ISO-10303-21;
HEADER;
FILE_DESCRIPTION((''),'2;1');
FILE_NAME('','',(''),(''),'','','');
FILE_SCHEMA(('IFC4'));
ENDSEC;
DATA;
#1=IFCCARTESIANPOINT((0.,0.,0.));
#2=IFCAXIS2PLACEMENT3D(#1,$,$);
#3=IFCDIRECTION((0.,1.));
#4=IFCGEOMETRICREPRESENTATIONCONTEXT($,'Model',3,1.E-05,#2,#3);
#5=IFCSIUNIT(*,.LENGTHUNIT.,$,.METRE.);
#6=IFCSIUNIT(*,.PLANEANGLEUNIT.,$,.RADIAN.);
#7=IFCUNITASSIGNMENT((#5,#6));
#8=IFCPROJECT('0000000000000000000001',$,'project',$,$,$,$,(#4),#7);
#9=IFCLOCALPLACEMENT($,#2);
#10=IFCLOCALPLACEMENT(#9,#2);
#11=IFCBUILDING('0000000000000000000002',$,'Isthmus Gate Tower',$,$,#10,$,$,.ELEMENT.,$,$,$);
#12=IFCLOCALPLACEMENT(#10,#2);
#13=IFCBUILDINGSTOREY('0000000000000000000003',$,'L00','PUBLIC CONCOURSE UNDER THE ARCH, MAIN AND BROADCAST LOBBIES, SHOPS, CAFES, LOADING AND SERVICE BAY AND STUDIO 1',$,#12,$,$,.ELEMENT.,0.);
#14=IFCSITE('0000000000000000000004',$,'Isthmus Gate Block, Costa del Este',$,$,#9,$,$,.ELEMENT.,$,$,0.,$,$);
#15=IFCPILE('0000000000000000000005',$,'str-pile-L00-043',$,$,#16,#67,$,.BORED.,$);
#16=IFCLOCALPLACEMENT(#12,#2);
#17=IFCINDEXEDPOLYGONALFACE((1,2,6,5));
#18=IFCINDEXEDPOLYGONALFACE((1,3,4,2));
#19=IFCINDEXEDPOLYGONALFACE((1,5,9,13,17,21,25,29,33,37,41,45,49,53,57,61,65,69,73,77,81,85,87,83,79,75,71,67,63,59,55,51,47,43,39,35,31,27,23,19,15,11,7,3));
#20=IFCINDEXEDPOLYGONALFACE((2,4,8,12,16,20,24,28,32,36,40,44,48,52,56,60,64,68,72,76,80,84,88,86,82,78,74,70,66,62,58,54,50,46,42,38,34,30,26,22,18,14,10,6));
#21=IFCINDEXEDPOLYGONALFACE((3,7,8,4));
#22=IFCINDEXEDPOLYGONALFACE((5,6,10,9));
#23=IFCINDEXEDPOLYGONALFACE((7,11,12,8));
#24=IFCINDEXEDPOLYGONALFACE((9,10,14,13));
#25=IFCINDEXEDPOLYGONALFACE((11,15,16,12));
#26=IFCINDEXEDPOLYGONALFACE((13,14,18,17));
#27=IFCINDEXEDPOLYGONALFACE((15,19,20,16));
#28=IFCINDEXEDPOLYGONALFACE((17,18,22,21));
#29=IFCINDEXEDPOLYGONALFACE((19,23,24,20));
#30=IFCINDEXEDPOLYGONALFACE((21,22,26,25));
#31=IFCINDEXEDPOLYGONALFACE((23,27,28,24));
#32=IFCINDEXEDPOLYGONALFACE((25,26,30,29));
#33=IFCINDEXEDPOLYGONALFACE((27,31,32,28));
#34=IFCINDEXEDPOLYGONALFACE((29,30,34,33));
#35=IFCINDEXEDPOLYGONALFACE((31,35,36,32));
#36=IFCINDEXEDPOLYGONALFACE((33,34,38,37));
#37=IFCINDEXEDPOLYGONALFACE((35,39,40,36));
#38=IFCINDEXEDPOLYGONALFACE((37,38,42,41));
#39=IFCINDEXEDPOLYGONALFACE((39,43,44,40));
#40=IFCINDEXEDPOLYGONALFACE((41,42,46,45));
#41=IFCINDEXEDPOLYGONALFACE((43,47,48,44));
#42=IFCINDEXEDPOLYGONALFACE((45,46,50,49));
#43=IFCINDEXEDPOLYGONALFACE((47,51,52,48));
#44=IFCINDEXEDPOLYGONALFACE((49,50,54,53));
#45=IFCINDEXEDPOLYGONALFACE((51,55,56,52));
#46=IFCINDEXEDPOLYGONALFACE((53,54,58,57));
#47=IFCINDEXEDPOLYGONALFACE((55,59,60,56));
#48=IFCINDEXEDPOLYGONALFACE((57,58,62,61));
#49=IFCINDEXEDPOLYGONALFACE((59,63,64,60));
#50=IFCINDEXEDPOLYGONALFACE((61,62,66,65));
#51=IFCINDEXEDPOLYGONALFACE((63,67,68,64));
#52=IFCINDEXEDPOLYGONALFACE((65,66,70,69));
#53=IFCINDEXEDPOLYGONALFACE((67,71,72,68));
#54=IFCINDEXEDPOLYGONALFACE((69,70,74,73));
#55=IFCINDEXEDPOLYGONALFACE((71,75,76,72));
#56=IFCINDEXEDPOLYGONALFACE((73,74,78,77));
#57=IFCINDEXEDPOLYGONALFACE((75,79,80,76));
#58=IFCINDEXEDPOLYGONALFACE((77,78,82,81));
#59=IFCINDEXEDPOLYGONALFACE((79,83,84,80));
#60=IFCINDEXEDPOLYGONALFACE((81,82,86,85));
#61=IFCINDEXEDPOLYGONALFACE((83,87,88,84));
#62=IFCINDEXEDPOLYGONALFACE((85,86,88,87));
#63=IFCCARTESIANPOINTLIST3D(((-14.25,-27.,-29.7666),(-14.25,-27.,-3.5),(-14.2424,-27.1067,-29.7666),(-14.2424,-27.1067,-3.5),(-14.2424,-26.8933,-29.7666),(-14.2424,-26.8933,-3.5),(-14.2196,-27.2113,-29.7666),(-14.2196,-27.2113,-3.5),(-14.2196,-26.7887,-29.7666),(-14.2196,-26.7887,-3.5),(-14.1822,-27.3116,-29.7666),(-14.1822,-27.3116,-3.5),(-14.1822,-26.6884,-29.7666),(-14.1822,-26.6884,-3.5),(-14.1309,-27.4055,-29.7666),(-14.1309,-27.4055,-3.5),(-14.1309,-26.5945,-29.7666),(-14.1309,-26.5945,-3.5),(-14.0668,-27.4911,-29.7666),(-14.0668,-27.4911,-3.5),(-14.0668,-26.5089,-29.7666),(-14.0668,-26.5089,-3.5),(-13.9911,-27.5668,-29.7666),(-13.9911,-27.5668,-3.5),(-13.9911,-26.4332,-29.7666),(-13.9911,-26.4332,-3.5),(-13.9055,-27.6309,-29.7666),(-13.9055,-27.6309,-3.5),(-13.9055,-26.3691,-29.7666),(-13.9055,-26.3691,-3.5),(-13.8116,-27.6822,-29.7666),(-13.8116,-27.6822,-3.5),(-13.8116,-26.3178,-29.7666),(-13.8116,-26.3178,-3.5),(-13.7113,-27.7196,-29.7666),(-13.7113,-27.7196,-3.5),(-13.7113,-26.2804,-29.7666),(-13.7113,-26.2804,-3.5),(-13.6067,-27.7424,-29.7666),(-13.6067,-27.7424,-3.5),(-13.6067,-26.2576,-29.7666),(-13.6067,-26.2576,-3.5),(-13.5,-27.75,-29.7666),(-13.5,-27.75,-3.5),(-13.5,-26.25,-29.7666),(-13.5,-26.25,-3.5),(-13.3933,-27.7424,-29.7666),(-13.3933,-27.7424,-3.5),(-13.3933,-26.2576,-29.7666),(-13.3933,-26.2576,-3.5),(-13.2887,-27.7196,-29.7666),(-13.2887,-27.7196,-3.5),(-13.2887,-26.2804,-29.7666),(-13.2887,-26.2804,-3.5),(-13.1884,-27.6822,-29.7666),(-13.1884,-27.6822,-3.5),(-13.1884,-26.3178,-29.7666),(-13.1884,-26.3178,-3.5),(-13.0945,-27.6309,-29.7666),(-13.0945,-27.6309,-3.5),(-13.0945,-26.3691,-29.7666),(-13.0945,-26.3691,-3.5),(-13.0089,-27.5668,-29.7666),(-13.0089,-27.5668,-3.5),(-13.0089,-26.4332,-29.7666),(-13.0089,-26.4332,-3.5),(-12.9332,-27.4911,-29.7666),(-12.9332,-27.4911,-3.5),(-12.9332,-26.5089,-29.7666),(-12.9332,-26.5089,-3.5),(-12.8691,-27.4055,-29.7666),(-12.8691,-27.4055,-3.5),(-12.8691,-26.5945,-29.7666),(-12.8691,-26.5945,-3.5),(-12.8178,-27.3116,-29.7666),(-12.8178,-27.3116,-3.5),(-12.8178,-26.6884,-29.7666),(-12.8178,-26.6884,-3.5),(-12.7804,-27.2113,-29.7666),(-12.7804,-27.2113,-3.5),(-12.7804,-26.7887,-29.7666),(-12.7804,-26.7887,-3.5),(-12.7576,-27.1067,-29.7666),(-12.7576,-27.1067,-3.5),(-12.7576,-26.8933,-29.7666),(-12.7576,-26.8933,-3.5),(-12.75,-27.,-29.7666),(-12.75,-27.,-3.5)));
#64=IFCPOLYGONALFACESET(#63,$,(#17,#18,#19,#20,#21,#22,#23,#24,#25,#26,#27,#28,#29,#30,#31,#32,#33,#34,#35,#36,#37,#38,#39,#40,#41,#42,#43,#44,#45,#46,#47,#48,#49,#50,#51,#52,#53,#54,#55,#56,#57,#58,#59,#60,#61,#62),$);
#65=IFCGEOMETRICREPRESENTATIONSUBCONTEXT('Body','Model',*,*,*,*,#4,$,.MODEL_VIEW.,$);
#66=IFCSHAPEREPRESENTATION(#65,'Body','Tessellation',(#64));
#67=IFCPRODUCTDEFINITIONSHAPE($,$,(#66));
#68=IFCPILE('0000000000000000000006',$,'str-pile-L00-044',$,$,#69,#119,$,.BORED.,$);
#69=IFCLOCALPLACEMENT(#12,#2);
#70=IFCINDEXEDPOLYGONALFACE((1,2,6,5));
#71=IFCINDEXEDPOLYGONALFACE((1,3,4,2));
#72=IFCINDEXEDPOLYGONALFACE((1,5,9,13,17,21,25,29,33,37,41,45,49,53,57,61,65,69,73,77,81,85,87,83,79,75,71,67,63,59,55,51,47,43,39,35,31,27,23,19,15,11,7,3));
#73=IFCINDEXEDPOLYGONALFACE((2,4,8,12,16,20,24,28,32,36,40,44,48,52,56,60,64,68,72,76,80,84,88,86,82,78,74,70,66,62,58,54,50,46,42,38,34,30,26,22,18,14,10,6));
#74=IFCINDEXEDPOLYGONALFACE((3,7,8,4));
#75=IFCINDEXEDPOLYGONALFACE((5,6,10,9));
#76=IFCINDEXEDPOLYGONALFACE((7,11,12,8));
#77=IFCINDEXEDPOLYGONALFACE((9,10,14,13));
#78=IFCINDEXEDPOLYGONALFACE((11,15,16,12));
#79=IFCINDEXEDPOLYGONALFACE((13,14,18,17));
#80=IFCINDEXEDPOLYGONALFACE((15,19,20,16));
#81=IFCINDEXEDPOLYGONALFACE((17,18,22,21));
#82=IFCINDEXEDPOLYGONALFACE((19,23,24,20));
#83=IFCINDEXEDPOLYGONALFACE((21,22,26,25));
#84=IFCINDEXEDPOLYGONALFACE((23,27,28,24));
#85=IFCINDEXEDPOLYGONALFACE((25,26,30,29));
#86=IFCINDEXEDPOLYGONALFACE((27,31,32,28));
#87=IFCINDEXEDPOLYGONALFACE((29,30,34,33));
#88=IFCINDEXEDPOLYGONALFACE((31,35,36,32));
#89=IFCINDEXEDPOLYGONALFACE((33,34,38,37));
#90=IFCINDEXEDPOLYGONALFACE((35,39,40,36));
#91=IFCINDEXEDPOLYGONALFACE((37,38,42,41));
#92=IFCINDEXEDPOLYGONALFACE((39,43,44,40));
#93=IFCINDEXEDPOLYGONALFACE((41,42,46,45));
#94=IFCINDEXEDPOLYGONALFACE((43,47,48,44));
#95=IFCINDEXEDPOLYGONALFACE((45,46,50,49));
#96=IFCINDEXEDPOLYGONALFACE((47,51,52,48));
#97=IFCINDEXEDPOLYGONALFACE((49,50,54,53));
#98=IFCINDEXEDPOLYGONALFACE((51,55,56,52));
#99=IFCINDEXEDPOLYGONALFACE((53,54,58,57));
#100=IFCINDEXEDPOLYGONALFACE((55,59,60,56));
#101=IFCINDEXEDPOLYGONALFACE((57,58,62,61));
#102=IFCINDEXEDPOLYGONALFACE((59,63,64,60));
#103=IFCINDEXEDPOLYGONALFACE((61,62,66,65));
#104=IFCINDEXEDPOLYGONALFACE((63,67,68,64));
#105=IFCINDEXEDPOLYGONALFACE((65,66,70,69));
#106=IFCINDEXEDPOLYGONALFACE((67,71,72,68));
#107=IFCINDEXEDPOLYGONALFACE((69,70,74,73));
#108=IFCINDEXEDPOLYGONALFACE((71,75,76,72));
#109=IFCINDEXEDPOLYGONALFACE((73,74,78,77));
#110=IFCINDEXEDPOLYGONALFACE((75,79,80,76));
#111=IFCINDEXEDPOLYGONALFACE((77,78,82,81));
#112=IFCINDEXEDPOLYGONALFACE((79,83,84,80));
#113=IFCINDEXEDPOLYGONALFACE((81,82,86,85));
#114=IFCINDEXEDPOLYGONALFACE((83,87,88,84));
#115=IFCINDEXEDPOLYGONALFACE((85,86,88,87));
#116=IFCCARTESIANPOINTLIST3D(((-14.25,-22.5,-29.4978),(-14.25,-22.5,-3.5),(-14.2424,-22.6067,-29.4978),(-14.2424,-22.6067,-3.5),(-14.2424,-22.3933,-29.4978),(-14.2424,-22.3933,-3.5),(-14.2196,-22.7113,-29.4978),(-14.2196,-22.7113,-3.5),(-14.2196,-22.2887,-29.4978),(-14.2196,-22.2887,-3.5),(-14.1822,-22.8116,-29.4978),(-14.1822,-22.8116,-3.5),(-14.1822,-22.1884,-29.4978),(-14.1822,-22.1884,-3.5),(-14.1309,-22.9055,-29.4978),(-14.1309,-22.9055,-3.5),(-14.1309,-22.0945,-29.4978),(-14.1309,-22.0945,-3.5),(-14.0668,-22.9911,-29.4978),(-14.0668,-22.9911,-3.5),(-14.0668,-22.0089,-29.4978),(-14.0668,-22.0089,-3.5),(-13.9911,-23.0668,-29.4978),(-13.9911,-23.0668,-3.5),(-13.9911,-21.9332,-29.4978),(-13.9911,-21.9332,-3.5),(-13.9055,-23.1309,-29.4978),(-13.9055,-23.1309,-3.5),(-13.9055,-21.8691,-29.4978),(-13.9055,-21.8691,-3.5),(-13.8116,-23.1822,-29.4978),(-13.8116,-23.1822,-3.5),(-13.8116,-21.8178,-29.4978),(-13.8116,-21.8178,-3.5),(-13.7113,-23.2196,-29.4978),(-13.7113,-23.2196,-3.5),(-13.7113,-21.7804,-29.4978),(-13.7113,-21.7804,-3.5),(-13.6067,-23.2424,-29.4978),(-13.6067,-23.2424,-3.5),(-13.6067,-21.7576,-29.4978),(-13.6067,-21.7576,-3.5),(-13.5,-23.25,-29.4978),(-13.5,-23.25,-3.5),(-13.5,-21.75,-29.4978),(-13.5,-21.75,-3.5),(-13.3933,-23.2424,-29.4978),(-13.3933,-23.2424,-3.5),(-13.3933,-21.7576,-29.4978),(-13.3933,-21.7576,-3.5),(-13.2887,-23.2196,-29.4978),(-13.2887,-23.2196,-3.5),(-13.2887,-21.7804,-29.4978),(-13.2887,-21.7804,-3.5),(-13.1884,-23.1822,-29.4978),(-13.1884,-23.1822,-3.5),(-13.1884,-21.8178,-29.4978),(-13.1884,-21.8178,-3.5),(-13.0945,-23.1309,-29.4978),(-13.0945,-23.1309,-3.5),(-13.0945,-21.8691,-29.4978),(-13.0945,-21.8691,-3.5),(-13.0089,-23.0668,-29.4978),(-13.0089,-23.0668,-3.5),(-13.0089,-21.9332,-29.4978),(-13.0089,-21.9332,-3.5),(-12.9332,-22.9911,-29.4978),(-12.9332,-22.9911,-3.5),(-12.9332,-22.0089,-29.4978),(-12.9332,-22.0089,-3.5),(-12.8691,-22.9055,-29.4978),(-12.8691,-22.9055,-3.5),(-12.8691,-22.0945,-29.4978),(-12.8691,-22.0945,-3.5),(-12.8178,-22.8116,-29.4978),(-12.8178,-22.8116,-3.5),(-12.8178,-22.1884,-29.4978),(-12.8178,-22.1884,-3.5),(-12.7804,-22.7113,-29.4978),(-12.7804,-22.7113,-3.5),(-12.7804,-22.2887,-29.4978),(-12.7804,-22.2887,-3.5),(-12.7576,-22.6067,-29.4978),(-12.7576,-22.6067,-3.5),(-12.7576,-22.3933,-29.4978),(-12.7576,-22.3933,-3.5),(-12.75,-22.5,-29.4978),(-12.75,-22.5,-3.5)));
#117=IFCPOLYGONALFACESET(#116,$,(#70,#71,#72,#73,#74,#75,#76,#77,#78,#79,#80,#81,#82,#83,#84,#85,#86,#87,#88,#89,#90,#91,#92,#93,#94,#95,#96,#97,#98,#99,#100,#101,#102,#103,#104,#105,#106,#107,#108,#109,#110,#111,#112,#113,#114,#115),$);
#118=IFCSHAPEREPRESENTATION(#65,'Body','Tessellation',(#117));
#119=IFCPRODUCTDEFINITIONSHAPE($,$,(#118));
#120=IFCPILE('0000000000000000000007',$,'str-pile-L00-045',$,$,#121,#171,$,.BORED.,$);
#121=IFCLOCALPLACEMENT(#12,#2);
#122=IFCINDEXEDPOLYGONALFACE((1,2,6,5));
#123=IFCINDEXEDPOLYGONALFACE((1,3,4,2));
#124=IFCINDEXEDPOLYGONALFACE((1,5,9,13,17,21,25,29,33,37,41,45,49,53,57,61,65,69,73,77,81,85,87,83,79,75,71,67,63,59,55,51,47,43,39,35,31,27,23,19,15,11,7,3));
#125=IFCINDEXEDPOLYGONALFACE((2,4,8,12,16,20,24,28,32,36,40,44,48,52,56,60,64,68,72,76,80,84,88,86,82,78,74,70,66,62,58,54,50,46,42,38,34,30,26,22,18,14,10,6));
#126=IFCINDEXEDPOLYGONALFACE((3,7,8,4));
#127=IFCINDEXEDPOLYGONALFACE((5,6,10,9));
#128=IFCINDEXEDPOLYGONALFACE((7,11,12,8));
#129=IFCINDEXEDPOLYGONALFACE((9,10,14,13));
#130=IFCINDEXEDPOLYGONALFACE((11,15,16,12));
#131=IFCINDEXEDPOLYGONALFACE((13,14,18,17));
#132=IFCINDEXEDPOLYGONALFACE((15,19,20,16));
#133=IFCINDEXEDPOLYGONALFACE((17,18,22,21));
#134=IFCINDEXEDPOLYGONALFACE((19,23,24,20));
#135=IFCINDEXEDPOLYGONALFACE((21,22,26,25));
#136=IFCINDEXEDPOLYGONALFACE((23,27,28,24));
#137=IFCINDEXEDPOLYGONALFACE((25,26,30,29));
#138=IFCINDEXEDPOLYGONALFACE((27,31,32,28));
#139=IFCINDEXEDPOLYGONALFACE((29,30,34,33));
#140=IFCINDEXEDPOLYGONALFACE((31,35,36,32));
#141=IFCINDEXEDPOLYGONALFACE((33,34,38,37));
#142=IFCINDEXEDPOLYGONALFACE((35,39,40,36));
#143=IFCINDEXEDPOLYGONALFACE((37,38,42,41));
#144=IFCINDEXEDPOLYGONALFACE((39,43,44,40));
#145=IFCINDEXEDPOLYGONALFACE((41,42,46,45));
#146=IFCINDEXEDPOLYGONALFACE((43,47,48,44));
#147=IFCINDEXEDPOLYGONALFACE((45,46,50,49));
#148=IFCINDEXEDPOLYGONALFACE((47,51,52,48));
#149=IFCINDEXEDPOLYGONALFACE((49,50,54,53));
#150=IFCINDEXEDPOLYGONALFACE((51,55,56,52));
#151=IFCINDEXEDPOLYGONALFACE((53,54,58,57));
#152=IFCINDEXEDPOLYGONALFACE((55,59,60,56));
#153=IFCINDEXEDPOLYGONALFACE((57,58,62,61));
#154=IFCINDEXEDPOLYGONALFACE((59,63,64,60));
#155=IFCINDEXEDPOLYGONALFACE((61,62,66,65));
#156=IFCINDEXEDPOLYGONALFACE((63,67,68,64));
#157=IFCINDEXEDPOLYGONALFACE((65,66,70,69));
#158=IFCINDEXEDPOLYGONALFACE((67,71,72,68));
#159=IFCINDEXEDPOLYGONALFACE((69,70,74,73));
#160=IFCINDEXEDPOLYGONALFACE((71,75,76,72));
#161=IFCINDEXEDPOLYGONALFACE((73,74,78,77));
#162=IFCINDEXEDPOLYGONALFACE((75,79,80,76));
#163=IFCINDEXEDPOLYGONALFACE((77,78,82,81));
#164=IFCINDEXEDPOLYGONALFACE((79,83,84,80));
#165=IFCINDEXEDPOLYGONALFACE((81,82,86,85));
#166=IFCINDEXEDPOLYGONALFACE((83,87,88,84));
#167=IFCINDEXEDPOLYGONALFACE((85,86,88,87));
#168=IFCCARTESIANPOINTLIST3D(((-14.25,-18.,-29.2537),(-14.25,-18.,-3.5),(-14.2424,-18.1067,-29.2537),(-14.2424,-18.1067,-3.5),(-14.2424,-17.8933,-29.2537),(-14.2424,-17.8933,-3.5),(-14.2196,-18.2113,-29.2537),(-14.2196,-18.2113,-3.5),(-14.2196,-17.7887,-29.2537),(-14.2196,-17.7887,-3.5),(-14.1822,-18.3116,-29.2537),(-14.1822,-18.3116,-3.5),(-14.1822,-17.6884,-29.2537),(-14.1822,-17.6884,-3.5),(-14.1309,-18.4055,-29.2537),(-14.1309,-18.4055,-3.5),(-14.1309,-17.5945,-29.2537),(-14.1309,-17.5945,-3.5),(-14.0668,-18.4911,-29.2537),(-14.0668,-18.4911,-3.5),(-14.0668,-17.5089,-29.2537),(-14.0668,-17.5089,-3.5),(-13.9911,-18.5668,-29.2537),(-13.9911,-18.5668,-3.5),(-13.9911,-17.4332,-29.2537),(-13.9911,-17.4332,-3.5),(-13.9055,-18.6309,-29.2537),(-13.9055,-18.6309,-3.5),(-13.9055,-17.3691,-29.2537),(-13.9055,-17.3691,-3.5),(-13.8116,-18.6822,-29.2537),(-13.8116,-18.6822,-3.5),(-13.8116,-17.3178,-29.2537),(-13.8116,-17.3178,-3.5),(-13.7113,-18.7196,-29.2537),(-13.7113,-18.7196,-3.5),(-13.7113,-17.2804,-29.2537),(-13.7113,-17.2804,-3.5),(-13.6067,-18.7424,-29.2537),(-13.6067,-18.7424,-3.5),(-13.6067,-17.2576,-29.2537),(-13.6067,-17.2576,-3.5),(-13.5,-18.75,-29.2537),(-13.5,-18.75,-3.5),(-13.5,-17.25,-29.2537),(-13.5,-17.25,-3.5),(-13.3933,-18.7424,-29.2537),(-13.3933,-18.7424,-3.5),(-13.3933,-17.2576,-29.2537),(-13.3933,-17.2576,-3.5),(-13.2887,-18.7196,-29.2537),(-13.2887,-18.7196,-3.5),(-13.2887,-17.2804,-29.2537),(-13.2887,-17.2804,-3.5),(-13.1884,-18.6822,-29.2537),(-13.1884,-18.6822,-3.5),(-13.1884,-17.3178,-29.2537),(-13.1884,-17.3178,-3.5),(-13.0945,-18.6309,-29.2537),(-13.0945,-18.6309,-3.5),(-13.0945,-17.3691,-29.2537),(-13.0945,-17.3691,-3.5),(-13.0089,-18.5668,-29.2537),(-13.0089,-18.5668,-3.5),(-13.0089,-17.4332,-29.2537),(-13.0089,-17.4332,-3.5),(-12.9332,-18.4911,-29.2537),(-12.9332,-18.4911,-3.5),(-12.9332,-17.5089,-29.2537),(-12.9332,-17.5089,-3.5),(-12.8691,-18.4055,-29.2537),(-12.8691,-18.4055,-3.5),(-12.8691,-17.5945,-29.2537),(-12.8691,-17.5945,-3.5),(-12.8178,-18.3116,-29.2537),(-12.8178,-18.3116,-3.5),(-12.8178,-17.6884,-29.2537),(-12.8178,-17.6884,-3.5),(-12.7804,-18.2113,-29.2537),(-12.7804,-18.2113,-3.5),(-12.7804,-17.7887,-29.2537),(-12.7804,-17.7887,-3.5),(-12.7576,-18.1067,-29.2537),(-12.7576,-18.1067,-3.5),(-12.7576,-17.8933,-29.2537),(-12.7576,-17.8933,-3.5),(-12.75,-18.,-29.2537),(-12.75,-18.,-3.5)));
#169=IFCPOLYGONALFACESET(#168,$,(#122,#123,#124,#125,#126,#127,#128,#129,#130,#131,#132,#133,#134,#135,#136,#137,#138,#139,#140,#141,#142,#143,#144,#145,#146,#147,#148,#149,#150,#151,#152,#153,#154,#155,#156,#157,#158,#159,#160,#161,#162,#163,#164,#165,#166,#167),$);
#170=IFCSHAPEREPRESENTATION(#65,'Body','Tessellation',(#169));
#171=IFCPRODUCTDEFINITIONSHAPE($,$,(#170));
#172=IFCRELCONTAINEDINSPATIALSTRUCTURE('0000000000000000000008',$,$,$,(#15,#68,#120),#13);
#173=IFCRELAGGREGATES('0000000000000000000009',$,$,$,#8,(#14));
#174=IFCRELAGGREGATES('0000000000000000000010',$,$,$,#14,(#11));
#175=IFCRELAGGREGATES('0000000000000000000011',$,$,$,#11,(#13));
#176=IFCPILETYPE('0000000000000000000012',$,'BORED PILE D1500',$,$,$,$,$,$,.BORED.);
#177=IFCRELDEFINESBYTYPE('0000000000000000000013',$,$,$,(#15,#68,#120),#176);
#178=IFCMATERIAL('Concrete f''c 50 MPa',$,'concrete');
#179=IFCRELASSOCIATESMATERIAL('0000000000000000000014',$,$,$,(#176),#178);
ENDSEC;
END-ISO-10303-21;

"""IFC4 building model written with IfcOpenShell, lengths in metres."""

from ifc_helpers import new_model, si_unit, direction, frame, origin, origin_2d, place, context, subcontext, project, spatial, circle, extrude, material, material_profile, profile_set, type_object, element, save


model = new_model("IFC4")

# Units and contexts
model_context = context("Model", 3, precision=1e-05, world=origin(), true_north=direction((0.0, 1.0)))
body_context = subcontext(model_context, "Body", "Model", "MODEL_VIEW")
ifc_project = project(units=[si_unit("LENGTHUNIT", "METRE"), si_unit("PLANEANGLEUNIT", "RADIAN")], contexts=[model_context])

# Site, building, storey
site_placement = place(None, origin())
site = spatial("IfcSite", under=ifc_project, at=site_placement, Name="Isthmus Gate Block, Costa del Este", CompositionType="ELEMENT", RefElevation=0.0)
building_placement = place(site_placement, origin())
building = spatial("IfcBuilding", under=site, at=building_placement, Name="Isthmus Gate Tower", CompositionType="ELEMENT")
storey_placement = place(building_placement, origin())
storey = spatial("IfcBuildingStorey", under=building, at=storey_placement, Name="L00", Description="PUBLIC CONCOURSE UNDER THE ARCH, MAIN AND BROADCAST LOBBIES, SHOPS, CAFES, LOADING AND SERVICE BAY AND STUDIO 1", CompositionType="ELEMENT", Elevation=0.0)

# Piles
ifc_material_1 = material(Name="Concrete f'c 50 MPa", Category="concrete")
ifc_material_profile_1 = material_profile(ifc_material_1, circle(Radius=0.75, at=origin_2d()), Name="D1500")
ifc_profile_set_1 = profile_set([ifc_material_profile_1], Name="Concrete f'c 50 MPa")
pile_type_1 = type_object("IfcPileType", Name="BORED PILE D1500", PredefinedType="BORED", material=ifc_profile_set_1)
pile_1_placement = place(storey_placement, frame((-13.5, -27.0, -3.5), z_axis=(0.0, 0.0, -1.0), x_axis=(1.0, 0.0, 0.0)))
element("IfcPile", 1, at=pile_1_placement, inside=storey, type_object=pile_type_1, Name="str-pile-L00-043", PredefinedType="BORED", context=body_context, shape_type="SweptSolid", body=[
    extrude(circle(Radius=0.75, at=origin_2d()), origin(), (0.0, 0.0, 1.0), 26.2666),
])
pile_2_placement = place(storey_placement, frame((-13.5, -22.5, -3.5), z_axis=(0.0, 0.0, -1.0), x_axis=(1.0, 0.0, 0.0)))
element("IfcPile", 2, at=pile_2_placement, inside=storey, type_object=pile_type_1, Name="str-pile-L00-044", PredefinedType="BORED", context=body_context, shape_type="SweptSolid", body=[
    extrude(circle(Radius=0.75, at=origin_2d()), origin(), (0.0, 0.0, 1.0), 25.9978),
])
pile_3_placement = place(storey_placement, frame((-13.5, -18.0, -3.5), z_axis=(0.0, 0.0, -1.0), x_axis=(1.0, 0.0, 0.0)))
element("IfcPile", 3, at=pile_3_placement, inside=storey, type_object=pile_type_1, Name="str-pile-L00-045", PredefinedType="BORED", context=body_context, shape_type="SweptSolid", body=[
    extrude(circle(Radius=0.75, at=origin_2d()), origin(), (0.0, 0.0, 1.0), 25.7537),
])

save(model, "model.ifc")
